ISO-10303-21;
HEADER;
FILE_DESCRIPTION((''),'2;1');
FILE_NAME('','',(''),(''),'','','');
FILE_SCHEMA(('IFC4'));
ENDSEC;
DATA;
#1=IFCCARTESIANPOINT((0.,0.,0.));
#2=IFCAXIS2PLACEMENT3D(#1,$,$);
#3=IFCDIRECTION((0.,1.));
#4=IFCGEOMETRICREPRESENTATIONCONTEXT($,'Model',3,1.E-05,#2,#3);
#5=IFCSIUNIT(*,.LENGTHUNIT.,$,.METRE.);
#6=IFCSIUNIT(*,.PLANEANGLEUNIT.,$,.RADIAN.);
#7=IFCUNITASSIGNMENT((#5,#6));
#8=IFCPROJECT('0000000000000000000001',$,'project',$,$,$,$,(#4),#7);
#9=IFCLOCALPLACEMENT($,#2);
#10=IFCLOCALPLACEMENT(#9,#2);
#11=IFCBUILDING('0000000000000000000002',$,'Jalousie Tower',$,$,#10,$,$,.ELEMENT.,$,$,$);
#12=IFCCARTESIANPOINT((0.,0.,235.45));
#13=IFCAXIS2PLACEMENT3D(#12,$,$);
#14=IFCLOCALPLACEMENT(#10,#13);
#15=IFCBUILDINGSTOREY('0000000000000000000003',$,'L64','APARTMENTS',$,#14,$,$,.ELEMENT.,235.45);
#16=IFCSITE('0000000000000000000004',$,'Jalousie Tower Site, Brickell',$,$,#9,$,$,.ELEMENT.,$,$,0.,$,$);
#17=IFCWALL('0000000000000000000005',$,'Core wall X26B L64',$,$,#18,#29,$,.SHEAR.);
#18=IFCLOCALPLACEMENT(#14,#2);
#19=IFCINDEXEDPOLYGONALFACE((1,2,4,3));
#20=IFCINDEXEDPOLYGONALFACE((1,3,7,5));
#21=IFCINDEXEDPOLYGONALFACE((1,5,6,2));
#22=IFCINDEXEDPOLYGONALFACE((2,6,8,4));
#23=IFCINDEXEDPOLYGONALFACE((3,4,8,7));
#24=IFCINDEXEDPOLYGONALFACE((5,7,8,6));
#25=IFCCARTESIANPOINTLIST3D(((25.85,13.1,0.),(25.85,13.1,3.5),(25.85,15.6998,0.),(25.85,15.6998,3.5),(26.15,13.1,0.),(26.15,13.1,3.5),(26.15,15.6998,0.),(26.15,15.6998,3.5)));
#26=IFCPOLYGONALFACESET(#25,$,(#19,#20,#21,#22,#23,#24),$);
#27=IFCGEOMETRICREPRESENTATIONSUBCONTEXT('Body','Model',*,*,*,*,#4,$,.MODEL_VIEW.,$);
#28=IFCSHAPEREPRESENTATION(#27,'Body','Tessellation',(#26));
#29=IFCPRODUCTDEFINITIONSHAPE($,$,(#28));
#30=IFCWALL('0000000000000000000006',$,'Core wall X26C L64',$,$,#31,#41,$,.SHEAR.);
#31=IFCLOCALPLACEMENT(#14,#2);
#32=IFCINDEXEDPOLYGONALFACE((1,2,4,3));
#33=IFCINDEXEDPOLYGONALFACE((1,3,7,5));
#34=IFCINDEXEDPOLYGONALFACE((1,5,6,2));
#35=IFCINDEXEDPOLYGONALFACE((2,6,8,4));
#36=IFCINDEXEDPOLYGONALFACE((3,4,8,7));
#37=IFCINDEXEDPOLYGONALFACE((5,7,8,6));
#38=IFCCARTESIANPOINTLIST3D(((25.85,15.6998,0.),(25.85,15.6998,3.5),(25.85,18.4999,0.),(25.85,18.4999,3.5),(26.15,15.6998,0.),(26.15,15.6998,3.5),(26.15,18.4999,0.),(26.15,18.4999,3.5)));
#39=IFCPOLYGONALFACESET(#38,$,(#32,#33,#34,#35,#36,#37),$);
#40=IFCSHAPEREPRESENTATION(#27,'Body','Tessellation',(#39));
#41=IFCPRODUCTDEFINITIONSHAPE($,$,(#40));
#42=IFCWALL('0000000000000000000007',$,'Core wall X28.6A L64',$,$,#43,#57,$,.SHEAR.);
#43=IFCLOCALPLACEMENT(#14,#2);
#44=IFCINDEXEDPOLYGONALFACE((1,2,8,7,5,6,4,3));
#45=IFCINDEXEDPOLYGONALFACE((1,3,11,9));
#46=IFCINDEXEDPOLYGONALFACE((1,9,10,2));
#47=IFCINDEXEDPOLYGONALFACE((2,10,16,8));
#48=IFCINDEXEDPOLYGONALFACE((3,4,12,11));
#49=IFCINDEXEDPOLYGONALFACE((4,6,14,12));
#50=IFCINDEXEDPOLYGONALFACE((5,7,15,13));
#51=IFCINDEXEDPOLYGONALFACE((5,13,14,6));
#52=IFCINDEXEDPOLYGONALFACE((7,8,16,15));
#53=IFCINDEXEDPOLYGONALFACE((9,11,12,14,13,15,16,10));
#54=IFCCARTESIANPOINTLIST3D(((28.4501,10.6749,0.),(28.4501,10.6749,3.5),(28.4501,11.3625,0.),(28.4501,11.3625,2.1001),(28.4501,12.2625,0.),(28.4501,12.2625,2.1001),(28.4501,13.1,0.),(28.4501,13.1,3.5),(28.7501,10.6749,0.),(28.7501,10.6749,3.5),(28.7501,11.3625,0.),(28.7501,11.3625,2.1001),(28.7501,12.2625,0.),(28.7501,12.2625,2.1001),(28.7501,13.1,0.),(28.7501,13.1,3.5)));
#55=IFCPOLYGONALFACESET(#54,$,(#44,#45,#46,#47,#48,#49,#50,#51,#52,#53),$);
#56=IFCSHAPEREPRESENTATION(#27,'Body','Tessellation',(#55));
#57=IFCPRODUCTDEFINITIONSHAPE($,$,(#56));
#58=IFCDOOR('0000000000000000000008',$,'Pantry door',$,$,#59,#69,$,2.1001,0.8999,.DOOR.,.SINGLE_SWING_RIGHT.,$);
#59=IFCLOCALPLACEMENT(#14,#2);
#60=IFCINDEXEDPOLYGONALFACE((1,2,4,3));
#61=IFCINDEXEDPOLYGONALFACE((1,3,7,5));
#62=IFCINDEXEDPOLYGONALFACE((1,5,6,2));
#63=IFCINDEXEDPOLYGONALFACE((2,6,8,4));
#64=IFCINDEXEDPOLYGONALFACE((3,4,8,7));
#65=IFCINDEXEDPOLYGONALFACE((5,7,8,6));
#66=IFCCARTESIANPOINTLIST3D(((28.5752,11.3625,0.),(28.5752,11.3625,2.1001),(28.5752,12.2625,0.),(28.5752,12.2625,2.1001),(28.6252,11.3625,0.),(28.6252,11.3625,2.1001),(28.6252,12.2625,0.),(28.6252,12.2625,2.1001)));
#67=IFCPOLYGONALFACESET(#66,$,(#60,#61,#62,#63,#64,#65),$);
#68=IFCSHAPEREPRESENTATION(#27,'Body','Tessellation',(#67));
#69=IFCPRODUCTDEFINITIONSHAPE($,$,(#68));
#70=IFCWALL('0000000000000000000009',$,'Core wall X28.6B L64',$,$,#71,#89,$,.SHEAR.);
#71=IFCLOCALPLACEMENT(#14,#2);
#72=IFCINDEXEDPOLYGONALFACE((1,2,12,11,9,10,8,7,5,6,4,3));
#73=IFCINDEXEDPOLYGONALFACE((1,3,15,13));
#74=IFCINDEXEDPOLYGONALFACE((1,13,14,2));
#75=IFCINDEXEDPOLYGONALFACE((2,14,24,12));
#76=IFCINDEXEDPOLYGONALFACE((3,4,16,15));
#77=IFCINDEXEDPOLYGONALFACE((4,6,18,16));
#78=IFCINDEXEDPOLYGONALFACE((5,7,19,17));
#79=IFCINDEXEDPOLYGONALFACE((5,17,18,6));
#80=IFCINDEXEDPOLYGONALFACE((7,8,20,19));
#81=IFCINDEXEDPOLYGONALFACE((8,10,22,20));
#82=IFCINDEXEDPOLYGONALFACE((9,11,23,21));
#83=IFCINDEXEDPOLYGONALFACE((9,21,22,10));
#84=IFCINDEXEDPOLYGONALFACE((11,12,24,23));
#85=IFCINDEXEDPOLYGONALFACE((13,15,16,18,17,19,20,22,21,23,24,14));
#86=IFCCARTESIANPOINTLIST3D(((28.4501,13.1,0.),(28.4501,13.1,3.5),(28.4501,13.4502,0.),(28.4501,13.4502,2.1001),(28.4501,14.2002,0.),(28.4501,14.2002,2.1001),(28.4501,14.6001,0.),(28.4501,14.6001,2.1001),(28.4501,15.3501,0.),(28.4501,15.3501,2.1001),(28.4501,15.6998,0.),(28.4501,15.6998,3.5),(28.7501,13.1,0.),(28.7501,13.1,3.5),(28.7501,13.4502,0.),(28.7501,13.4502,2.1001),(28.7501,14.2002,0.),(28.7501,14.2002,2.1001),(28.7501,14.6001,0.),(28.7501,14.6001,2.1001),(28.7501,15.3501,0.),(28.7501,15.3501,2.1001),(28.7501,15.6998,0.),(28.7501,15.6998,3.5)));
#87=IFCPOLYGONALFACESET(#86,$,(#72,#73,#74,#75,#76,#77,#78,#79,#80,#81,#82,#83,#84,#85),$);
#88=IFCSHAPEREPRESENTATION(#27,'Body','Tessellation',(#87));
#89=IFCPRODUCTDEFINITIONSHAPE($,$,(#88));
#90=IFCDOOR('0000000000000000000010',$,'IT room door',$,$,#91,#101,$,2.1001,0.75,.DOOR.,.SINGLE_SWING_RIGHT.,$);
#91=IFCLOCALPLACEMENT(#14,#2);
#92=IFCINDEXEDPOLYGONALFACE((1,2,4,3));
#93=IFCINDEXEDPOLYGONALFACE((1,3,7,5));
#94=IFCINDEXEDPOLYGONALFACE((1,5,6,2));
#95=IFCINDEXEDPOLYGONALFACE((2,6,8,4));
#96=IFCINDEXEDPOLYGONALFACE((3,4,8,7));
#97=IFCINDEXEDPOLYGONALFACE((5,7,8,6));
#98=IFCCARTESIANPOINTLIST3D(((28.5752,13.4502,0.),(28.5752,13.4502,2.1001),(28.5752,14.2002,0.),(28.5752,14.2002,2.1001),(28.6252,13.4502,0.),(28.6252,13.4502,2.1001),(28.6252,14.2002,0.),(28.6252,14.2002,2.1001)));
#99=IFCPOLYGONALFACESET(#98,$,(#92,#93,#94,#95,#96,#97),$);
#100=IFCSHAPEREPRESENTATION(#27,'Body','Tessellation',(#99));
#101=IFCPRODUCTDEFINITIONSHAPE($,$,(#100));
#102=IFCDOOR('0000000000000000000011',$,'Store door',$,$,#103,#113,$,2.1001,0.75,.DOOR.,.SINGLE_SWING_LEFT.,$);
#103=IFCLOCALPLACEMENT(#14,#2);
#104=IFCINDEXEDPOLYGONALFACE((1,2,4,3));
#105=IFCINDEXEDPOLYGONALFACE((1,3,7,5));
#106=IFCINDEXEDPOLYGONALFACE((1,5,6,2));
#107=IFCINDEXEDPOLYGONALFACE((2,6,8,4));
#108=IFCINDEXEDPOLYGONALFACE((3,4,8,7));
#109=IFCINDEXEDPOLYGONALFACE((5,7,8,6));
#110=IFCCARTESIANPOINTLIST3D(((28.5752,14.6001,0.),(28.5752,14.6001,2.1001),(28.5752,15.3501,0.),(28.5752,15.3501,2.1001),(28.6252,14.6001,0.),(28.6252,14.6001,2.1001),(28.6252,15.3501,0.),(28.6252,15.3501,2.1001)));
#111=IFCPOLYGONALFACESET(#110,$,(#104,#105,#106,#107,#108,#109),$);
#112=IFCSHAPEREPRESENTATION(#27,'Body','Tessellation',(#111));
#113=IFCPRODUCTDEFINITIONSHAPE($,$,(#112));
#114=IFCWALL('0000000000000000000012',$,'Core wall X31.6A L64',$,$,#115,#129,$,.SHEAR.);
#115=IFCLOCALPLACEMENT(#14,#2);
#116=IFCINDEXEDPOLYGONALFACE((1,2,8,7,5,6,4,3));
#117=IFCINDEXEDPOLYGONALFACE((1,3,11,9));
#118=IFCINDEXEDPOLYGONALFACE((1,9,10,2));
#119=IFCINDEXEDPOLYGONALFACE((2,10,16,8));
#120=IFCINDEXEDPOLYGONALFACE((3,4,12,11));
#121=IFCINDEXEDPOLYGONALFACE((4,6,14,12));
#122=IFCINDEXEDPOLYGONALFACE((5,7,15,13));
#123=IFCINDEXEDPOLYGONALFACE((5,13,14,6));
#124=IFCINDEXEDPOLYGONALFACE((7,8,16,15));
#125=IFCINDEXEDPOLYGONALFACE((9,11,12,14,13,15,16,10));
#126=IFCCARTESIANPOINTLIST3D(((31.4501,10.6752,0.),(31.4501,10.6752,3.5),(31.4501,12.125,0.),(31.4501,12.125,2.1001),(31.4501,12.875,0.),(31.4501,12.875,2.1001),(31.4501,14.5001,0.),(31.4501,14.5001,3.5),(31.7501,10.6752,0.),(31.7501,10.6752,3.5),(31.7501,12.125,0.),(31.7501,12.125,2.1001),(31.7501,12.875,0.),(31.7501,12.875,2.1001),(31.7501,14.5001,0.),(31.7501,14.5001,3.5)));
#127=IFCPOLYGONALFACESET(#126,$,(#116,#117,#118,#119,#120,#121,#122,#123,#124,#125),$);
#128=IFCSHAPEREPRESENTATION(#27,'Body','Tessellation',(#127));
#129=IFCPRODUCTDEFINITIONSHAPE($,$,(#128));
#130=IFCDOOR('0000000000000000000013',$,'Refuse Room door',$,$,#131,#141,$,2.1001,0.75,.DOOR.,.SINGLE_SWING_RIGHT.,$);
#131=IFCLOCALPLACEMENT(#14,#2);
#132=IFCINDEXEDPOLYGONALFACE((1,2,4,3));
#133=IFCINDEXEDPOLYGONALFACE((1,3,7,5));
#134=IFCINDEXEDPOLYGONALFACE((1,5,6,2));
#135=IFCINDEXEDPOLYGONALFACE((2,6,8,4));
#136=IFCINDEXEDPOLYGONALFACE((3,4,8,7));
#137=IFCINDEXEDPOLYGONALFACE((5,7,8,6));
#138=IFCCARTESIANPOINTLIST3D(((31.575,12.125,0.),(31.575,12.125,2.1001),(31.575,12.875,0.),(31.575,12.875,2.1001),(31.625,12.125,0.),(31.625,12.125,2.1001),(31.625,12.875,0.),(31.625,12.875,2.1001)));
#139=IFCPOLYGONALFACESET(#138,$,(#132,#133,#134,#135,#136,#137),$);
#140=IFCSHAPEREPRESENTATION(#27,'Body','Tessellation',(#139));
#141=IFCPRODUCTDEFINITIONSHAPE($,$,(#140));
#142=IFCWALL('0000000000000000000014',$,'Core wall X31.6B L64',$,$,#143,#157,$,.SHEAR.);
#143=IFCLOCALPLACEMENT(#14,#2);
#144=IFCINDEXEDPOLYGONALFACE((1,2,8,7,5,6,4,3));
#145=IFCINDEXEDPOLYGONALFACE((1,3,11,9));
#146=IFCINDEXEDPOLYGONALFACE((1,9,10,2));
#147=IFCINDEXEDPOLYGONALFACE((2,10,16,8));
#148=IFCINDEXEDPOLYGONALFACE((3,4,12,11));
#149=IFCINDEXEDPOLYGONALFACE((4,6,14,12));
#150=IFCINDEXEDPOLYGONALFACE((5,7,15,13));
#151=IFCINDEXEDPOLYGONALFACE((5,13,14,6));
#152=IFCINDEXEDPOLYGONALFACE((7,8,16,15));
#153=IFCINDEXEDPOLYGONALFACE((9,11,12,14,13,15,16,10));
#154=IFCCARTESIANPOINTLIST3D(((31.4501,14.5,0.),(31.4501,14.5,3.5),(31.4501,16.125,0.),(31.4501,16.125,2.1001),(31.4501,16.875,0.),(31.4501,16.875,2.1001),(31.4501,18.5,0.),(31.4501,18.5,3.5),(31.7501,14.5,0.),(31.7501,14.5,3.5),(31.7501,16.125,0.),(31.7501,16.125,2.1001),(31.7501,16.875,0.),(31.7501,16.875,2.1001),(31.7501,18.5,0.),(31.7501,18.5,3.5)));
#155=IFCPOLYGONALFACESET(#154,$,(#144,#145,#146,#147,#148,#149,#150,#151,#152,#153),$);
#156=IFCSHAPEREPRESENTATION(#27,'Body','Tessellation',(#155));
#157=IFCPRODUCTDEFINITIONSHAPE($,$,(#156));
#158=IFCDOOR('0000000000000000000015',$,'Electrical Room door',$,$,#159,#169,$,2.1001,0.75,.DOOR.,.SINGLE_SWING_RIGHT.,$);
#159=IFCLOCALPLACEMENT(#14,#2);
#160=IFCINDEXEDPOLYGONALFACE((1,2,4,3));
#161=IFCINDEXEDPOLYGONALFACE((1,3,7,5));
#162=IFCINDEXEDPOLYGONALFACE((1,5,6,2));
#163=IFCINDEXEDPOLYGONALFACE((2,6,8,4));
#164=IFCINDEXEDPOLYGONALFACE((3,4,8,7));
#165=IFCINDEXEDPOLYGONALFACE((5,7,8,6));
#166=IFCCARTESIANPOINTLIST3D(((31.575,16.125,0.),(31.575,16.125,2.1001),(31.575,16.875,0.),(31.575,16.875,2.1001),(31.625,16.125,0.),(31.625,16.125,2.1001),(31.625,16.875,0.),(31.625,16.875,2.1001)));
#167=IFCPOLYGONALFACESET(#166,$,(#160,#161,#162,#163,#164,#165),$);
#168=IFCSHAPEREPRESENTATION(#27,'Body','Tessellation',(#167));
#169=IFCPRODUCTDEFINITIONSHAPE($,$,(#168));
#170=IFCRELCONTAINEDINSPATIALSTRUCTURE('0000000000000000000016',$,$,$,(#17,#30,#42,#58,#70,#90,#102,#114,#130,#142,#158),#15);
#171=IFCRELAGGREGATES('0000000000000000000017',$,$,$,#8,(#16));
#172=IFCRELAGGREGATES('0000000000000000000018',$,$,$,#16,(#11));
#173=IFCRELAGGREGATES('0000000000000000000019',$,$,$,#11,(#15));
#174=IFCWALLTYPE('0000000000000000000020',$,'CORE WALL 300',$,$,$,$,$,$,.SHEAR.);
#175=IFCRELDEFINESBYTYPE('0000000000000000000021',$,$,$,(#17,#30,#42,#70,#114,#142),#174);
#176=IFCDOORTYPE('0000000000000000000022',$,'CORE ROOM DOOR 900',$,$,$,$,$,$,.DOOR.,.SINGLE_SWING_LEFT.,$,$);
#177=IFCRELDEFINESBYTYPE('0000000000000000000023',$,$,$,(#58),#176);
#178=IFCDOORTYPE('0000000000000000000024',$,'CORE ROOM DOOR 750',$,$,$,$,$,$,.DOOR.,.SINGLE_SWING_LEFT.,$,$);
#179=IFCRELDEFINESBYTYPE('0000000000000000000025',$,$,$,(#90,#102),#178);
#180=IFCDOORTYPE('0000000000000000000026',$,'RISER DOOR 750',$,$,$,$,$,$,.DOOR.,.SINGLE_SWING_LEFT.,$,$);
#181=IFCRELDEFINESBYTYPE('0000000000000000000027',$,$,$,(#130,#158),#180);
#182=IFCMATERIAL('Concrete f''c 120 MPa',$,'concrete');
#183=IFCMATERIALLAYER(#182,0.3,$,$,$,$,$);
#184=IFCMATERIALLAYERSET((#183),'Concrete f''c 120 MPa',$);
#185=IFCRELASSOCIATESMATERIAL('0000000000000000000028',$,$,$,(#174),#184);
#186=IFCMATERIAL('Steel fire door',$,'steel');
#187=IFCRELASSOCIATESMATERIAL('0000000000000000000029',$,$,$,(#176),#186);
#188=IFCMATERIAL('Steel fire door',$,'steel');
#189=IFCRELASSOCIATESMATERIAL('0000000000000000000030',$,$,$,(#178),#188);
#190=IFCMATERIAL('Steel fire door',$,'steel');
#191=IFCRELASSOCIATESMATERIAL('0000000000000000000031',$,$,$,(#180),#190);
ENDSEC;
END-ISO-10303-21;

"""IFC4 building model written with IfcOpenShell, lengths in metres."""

from ifc_helpers import new_model, si_unit, direction, frame, frame_2d, origin, place, context, subcontext, project, spatial, rectangle, extrude, material, layer, layer_set, type_object, element, fill, save


model = new_model("IFC4")

# Units and contexts
model_context = context("Model", 3, precision=1e-05, world=origin(), true_north=direction((0.0, 1.0)))
body_context = subcontext(model_context, "Body", "Model", "MODEL_VIEW")
ifc_project = project(units=[si_unit("LENGTHUNIT", "METRE"), si_unit("PLANEANGLEUNIT", "RADIAN")], contexts=[model_context])

# Site, building, storey
site_placement = place(None, origin())
site = spatial("IfcSite", under=ifc_project, at=site_placement, Name="Jalousie Tower Site, Brickell", CompositionType="ELEMENT", RefElevation=0.0)
building_placement = place(site_placement, origin())
building = spatial("IfcBuilding", under=site, at=building_placement, Name="Jalousie Tower", CompositionType="ELEMENT")
storey_placement = place(building_placement, frame((0.0, 0.0, 235.45)))
storey = spatial("IfcBuildingStorey", under=building, at=storey_placement, Name="L64", Description="APARTMENTS", CompositionType="ELEMENT", Elevation=235.45)

# Walls
ifc_material_1 = material(Name="Concrete f'c 120 MPa", Category="concrete")
ifc_layer = layer(ifc_material_1, 0.3)
ifc_layer_set = layer_set([ifc_layer], Name="Concrete f'c 120 MPa")
wall_type_1 = type_object("IfcWallType", Name="CORE WALL 300", PredefinedType="SHEAR", material=ifc_layer_set)
wall_1_placement = place(storey_placement, frame((26.0, 13.1001, 0.0), z_axis=(0.0, 0.0, 1.0), x_axis=(0.0, 1.0, 0.0)))
element("IfcWall", 1, at=wall_1_placement, inside=storey, type_object=wall_type_1, Name="Core wall X26B L64", PredefinedType="SHEAR", context=body_context, shape_type="SweptSolid", body=[
    extrude(rectangle(XDim=2.5999, YDim=0.3, at=frame_2d((1.2998, 0.0))), origin(), (0.0, 0.0, 1.0), 3.5),
])
wall_2_placement = place(storey_placement, frame((26.0, 15.7, 0.0), z_axis=(0.0, 0.0, 1.0), x_axis=(0.0, 1.0, 0.0)))
element("IfcWall", 2, at=wall_2_placement, inside=storey, type_object=wall_type_1, Name="Core wall X26C L64", PredefinedType="SHEAR", context=body_context, shape_type="SweptSolid", body=[
    extrude(rectangle(XDim=2.8, YDim=0.3, at=frame_2d((1.3999, 0.0))), origin(), (0.0, 0.0, 1.0), 3.5),
])

# Wall, opening, door
wall_3_placement = place(storey_placement, frame((28.6001, 10.675, 0.0), z_axis=(0.0, 0.0, 1.0), x_axis=(0.0, 1.0, 0.0)))
wall_3 = element("IfcWall", 3, at=wall_3_placement, inside=storey, type_object=wall_type_1, Name="Core wall X28.6A L64", PredefinedType="SHEAR", context=body_context, shape_type="SweptSolid", body=[
    extrude(rectangle(XDim=2.425, YDim=0.3, at=frame_2d((1.2124, 0.0))), origin(), (0.0, 0.0, 1.0), 3.5),
])
opening_1_placement = place(wall_3_placement, frame((0.6875, 0.0, 0.0)))
opening_1 = element("IfcOpeningElement", 4, at=opening_1_placement, cuts=wall_3, PredefinedType="OPENING", context=body_context, shape_type="SweptSolid", body=[
    extrude(rectangle(XDim=0.8999, YDim=2.1001, at=frame_2d((0.45, 1.05))), frame((0.0, 0.1599, 0.0), z_axis=(0.0, -1.0, 0.0), x_axis=(1.0, 0.0, 0.0)), (0.0, 0.0, 1.0), 0.3201),
])
ifc_material_2 = material(Name="Steel fire door", Category="steel")
door_type_1 = type_object("IfcDoorType", Name="CORE ROOM DOOR 900", OperationType="SINGLE_SWING_LEFT", PredefinedType="DOOR", material=ifc_material_2)
door_1_placement = place(opening_1_placement, origin())
door_1 = element("IfcDoor", 5, at=door_1_placement, inside=storey, type_object=door_type_1, Name="Pantry door", OperationType="SINGLE_SWING_RIGHT", OverallHeight=2.1001, OverallWidth=0.8999, PredefinedType="DOOR", context=body_context, shape_type="SweptSolid", body=[
    extrude(rectangle(XDim=0.8999, YDim=2.1001, at=frame_2d((0.45, 1.05))), frame((0.0, 0.0249, 0.0), z_axis=(0.0, -1.0, 0.0), x_axis=(1.0, 0.0, 0.0)), (0.0, 0.0, 1.0), 0.05),
])
fill(opening_1, door_1)

# Wall, openings, doors
wall_4_placement = place(storey_placement, frame((28.6001, 13.1001, 0.0), z_axis=(0.0, 0.0, 1.0), x_axis=(0.0, 1.0, 0.0)))
wall_4 = element("IfcWall", 6, at=wall_4_placement, inside=storey, type_object=wall_type_1, Name="Core wall X28.6B L64", PredefinedType="SHEAR", context=body_context, shape_type="SweptSolid", body=[
    extrude(rectangle(XDim=2.5999, YDim=0.3, at=frame_2d((1.2998, 0.0))), origin(), (0.0, 0.0, 1.0), 3.5),
])
opening_2_placement = place(wall_4_placement, frame((0.3501, 0.0, 0.0)))
opening_2 = element("IfcOpeningElement", 7, at=opening_2_placement, cuts=wall_4, PredefinedType="OPENING", context=body_context, shape_type="SweptSolid", body=[
    extrude(rectangle(XDim=0.75, YDim=2.1001, at=frame_2d((0.375, 1.05))), frame((0.0, 0.1599, 0.0), z_axis=(0.0, -1.0, 0.0), x_axis=(1.0, 0.0, 0.0)), (0.0, 0.0, 1.0), 0.3201),
])
opening_3_placement = place(wall_4_placement, frame((1.5, 0.0, 0.0)))
opening_3 = element("IfcOpeningElement", 8, at=opening_3_placement, cuts=wall_4, PredefinedType="OPENING", context=body_context, shape_type="SweptSolid", body=[
    extrude(rectangle(XDim=0.75, YDim=2.1001, at=frame_2d((0.375, 1.05))), frame((0.0, 0.1599, 0.0), z_axis=(0.0, -1.0, 0.0), x_axis=(1.0, 0.0, 0.0)), (0.0, 0.0, 1.0), 0.3201),
])
ifc_material_3 = material(Name="Steel fire door", Category="steel")
door_type_2 = type_object("IfcDoorType", Name="CORE ROOM DOOR 750", OperationType="SINGLE_SWING_LEFT", PredefinedType="DOOR", material=ifc_material_3)
door_2_placement = place(opening_2_placement, origin())
door_2 = element("IfcDoor", 9, at=door_2_placement, inside=storey, type_object=door_type_2, Name="IT room door", OperationType="SINGLE_SWING_RIGHT", OverallHeight=2.1001, OverallWidth=0.75, PredefinedType="DOOR", context=body_context, shape_type="SweptSolid", body=[
    extrude(rectangle(XDim=0.75, YDim=2.1001, at=frame_2d((0.375, 1.05))), frame((0.0, 0.0249, 0.0), z_axis=(0.0, -1.0, 0.0), x_axis=(1.0, 0.0, 0.0)), (0.0, 0.0, 1.0), 0.05),
])
fill(opening_2, door_2)
door_3_placement = place(opening_3_placement, origin())
door_3 = element("IfcDoor", 10, at=door_3_placement, inside=storey, type_object=door_type_2, Name="Store door", OperationType="SINGLE_SWING_LEFT", OverallHeight=2.1001, OverallWidth=0.75, PredefinedType="DOOR", context=body_context, shape_type="SweptSolid", body=[
    extrude(rectangle(XDim=0.75, YDim=2.1001, at=frame_2d((0.375, 1.05))), frame((0.0, 0.0249, 0.0), z_axis=(0.0, -1.0, 0.0), x_axis=(1.0, 0.0, 0.0)), (0.0, 0.0, 1.0), 0.05),
])
fill(opening_3, door_3)

# Walls, openings, doors
wall_5_placement = place(storey_placement, frame((31.6001, 10.675, 0.0), z_axis=(0.0, 0.0, 1.0), x_axis=(0.0, 1.0, 0.0)))
wall_5 = element("IfcWall", 11, at=wall_5_placement, inside=storey, type_object=wall_type_1, Name="Core wall X31.6A L64", PredefinedType="SHEAR", context=body_context, shape_type="SweptSolid", body=[
    extrude(rectangle(XDim=3.825, YDim=0.3, at=frame_2d((1.9126, 0.0))), origin(), (0.0, 0.0, 1.0), 3.5),
])
opening_4_placement = place(wall_5_placement, frame((1.45, 0.0, 0.0)))
opening_4 = element("IfcOpeningElement", 12, at=opening_4_placement, cuts=wall_5, PredefinedType="OPENING", context=body_context, shape_type="SweptSolid", body=[
    extrude(rectangle(XDim=0.75, YDim=2.1001, at=frame_2d((0.375, 1.05))), frame((0.0, 0.1599, 0.0), z_axis=(0.0, -1.0, 0.0), x_axis=(1.0, 0.0, 0.0)), (0.0, 0.0, 1.0), 0.3201),
])
ifc_material_4 = material(Name="Steel fire door", Category="steel")
door_type_3 = type_object("IfcDoorType", Name="RISER DOOR 750", OperationType="SINGLE_SWING_LEFT", PredefinedType="DOOR", material=ifc_material_4)
door_4_placement = place(opening_4_placement, frame((0.75, 0.0, 0.0), z_axis=(0.0, 0.0, 1.0), x_axis=(-1.0, 0.0, 0.0)))
door_4 = element("IfcDoor", 13, at=door_4_placement, inside=storey, type_object=door_type_3, Name="Refuse Room door", OperationType="SINGLE_SWING_RIGHT", OverallHeight=2.1001, OverallWidth=0.75, PredefinedType="DOOR", context=body_context, shape_type="SweptSolid", body=[
    extrude(rectangle(XDim=0.75, YDim=2.1001, at=frame_2d((0.375, 1.05))), frame((0.0, 0.0249, 0.0), z_axis=(0.0, -1.0, 0.0), x_axis=(1.0, 0.0, 0.0)), (0.0, 0.0, 1.0), 0.05),
])
fill(opening_4, door_4)
wall_6_placement = place(storey_placement, frame((31.6001, 14.5, 0.0), z_axis=(0.0, 0.0, 1.0), x_axis=(0.0, 1.0, 0.0)))
wall_6 = element("IfcWall", 14, at=wall_6_placement, inside=storey, type_object=wall_type_1, Name="Core wall X31.6B L64", PredefinedType="SHEAR", context=body_context, shape_type="SweptSolid", body=[
    extrude(rectangle(XDim=4.0, YDim=0.3, at=frame_2d((2.0, 0.0))), origin(), (0.0, 0.0, 1.0), 3.5),
])
opening_5_placement = place(wall_6_placement, frame((1.625, 0.0, 0.0)))
opening_5 = element("IfcOpeningElement", 15, at=opening_5_placement, cuts=wall_6, PredefinedType="OPENING", context=body_context, shape_type="SweptSolid", body=[
    extrude(rectangle(XDim=0.75, YDim=2.1001, at=frame_2d((0.375, 1.05))), frame((0.0, 0.1599, 0.0), z_axis=(0.0, -1.0, 0.0), x_axis=(1.0, 0.0, 0.0)), (0.0, 0.0, 1.0), 0.3201),
])
door_5_placement = place(opening_5_placement, frame((0.75, 0.0, 0.0), z_axis=(0.0, 0.0, 1.0), x_axis=(-1.0, 0.0, 0.0)))
door_5 = element("IfcDoor", 16, at=door_5_placement, inside=storey, type_object=door_type_3, Name="Electrical Room door", OperationType="SINGLE_SWING_RIGHT", OverallHeight=2.1001, OverallWidth=0.75, PredefinedType="DOOR", context=body_context, shape_type="SweptSolid", body=[
    extrude(rectangle(XDim=0.75, YDim=2.1001, at=frame_2d((0.375, 1.05))), frame((0.0, 0.0249, 0.0), z_axis=(0.0, -1.0, 0.0), x_axis=(1.0, 0.0, 0.0)), (0.0, 0.0, 1.0), 0.05),
])
fill(opening_5, door_5)

save(model, "model.ifc")
